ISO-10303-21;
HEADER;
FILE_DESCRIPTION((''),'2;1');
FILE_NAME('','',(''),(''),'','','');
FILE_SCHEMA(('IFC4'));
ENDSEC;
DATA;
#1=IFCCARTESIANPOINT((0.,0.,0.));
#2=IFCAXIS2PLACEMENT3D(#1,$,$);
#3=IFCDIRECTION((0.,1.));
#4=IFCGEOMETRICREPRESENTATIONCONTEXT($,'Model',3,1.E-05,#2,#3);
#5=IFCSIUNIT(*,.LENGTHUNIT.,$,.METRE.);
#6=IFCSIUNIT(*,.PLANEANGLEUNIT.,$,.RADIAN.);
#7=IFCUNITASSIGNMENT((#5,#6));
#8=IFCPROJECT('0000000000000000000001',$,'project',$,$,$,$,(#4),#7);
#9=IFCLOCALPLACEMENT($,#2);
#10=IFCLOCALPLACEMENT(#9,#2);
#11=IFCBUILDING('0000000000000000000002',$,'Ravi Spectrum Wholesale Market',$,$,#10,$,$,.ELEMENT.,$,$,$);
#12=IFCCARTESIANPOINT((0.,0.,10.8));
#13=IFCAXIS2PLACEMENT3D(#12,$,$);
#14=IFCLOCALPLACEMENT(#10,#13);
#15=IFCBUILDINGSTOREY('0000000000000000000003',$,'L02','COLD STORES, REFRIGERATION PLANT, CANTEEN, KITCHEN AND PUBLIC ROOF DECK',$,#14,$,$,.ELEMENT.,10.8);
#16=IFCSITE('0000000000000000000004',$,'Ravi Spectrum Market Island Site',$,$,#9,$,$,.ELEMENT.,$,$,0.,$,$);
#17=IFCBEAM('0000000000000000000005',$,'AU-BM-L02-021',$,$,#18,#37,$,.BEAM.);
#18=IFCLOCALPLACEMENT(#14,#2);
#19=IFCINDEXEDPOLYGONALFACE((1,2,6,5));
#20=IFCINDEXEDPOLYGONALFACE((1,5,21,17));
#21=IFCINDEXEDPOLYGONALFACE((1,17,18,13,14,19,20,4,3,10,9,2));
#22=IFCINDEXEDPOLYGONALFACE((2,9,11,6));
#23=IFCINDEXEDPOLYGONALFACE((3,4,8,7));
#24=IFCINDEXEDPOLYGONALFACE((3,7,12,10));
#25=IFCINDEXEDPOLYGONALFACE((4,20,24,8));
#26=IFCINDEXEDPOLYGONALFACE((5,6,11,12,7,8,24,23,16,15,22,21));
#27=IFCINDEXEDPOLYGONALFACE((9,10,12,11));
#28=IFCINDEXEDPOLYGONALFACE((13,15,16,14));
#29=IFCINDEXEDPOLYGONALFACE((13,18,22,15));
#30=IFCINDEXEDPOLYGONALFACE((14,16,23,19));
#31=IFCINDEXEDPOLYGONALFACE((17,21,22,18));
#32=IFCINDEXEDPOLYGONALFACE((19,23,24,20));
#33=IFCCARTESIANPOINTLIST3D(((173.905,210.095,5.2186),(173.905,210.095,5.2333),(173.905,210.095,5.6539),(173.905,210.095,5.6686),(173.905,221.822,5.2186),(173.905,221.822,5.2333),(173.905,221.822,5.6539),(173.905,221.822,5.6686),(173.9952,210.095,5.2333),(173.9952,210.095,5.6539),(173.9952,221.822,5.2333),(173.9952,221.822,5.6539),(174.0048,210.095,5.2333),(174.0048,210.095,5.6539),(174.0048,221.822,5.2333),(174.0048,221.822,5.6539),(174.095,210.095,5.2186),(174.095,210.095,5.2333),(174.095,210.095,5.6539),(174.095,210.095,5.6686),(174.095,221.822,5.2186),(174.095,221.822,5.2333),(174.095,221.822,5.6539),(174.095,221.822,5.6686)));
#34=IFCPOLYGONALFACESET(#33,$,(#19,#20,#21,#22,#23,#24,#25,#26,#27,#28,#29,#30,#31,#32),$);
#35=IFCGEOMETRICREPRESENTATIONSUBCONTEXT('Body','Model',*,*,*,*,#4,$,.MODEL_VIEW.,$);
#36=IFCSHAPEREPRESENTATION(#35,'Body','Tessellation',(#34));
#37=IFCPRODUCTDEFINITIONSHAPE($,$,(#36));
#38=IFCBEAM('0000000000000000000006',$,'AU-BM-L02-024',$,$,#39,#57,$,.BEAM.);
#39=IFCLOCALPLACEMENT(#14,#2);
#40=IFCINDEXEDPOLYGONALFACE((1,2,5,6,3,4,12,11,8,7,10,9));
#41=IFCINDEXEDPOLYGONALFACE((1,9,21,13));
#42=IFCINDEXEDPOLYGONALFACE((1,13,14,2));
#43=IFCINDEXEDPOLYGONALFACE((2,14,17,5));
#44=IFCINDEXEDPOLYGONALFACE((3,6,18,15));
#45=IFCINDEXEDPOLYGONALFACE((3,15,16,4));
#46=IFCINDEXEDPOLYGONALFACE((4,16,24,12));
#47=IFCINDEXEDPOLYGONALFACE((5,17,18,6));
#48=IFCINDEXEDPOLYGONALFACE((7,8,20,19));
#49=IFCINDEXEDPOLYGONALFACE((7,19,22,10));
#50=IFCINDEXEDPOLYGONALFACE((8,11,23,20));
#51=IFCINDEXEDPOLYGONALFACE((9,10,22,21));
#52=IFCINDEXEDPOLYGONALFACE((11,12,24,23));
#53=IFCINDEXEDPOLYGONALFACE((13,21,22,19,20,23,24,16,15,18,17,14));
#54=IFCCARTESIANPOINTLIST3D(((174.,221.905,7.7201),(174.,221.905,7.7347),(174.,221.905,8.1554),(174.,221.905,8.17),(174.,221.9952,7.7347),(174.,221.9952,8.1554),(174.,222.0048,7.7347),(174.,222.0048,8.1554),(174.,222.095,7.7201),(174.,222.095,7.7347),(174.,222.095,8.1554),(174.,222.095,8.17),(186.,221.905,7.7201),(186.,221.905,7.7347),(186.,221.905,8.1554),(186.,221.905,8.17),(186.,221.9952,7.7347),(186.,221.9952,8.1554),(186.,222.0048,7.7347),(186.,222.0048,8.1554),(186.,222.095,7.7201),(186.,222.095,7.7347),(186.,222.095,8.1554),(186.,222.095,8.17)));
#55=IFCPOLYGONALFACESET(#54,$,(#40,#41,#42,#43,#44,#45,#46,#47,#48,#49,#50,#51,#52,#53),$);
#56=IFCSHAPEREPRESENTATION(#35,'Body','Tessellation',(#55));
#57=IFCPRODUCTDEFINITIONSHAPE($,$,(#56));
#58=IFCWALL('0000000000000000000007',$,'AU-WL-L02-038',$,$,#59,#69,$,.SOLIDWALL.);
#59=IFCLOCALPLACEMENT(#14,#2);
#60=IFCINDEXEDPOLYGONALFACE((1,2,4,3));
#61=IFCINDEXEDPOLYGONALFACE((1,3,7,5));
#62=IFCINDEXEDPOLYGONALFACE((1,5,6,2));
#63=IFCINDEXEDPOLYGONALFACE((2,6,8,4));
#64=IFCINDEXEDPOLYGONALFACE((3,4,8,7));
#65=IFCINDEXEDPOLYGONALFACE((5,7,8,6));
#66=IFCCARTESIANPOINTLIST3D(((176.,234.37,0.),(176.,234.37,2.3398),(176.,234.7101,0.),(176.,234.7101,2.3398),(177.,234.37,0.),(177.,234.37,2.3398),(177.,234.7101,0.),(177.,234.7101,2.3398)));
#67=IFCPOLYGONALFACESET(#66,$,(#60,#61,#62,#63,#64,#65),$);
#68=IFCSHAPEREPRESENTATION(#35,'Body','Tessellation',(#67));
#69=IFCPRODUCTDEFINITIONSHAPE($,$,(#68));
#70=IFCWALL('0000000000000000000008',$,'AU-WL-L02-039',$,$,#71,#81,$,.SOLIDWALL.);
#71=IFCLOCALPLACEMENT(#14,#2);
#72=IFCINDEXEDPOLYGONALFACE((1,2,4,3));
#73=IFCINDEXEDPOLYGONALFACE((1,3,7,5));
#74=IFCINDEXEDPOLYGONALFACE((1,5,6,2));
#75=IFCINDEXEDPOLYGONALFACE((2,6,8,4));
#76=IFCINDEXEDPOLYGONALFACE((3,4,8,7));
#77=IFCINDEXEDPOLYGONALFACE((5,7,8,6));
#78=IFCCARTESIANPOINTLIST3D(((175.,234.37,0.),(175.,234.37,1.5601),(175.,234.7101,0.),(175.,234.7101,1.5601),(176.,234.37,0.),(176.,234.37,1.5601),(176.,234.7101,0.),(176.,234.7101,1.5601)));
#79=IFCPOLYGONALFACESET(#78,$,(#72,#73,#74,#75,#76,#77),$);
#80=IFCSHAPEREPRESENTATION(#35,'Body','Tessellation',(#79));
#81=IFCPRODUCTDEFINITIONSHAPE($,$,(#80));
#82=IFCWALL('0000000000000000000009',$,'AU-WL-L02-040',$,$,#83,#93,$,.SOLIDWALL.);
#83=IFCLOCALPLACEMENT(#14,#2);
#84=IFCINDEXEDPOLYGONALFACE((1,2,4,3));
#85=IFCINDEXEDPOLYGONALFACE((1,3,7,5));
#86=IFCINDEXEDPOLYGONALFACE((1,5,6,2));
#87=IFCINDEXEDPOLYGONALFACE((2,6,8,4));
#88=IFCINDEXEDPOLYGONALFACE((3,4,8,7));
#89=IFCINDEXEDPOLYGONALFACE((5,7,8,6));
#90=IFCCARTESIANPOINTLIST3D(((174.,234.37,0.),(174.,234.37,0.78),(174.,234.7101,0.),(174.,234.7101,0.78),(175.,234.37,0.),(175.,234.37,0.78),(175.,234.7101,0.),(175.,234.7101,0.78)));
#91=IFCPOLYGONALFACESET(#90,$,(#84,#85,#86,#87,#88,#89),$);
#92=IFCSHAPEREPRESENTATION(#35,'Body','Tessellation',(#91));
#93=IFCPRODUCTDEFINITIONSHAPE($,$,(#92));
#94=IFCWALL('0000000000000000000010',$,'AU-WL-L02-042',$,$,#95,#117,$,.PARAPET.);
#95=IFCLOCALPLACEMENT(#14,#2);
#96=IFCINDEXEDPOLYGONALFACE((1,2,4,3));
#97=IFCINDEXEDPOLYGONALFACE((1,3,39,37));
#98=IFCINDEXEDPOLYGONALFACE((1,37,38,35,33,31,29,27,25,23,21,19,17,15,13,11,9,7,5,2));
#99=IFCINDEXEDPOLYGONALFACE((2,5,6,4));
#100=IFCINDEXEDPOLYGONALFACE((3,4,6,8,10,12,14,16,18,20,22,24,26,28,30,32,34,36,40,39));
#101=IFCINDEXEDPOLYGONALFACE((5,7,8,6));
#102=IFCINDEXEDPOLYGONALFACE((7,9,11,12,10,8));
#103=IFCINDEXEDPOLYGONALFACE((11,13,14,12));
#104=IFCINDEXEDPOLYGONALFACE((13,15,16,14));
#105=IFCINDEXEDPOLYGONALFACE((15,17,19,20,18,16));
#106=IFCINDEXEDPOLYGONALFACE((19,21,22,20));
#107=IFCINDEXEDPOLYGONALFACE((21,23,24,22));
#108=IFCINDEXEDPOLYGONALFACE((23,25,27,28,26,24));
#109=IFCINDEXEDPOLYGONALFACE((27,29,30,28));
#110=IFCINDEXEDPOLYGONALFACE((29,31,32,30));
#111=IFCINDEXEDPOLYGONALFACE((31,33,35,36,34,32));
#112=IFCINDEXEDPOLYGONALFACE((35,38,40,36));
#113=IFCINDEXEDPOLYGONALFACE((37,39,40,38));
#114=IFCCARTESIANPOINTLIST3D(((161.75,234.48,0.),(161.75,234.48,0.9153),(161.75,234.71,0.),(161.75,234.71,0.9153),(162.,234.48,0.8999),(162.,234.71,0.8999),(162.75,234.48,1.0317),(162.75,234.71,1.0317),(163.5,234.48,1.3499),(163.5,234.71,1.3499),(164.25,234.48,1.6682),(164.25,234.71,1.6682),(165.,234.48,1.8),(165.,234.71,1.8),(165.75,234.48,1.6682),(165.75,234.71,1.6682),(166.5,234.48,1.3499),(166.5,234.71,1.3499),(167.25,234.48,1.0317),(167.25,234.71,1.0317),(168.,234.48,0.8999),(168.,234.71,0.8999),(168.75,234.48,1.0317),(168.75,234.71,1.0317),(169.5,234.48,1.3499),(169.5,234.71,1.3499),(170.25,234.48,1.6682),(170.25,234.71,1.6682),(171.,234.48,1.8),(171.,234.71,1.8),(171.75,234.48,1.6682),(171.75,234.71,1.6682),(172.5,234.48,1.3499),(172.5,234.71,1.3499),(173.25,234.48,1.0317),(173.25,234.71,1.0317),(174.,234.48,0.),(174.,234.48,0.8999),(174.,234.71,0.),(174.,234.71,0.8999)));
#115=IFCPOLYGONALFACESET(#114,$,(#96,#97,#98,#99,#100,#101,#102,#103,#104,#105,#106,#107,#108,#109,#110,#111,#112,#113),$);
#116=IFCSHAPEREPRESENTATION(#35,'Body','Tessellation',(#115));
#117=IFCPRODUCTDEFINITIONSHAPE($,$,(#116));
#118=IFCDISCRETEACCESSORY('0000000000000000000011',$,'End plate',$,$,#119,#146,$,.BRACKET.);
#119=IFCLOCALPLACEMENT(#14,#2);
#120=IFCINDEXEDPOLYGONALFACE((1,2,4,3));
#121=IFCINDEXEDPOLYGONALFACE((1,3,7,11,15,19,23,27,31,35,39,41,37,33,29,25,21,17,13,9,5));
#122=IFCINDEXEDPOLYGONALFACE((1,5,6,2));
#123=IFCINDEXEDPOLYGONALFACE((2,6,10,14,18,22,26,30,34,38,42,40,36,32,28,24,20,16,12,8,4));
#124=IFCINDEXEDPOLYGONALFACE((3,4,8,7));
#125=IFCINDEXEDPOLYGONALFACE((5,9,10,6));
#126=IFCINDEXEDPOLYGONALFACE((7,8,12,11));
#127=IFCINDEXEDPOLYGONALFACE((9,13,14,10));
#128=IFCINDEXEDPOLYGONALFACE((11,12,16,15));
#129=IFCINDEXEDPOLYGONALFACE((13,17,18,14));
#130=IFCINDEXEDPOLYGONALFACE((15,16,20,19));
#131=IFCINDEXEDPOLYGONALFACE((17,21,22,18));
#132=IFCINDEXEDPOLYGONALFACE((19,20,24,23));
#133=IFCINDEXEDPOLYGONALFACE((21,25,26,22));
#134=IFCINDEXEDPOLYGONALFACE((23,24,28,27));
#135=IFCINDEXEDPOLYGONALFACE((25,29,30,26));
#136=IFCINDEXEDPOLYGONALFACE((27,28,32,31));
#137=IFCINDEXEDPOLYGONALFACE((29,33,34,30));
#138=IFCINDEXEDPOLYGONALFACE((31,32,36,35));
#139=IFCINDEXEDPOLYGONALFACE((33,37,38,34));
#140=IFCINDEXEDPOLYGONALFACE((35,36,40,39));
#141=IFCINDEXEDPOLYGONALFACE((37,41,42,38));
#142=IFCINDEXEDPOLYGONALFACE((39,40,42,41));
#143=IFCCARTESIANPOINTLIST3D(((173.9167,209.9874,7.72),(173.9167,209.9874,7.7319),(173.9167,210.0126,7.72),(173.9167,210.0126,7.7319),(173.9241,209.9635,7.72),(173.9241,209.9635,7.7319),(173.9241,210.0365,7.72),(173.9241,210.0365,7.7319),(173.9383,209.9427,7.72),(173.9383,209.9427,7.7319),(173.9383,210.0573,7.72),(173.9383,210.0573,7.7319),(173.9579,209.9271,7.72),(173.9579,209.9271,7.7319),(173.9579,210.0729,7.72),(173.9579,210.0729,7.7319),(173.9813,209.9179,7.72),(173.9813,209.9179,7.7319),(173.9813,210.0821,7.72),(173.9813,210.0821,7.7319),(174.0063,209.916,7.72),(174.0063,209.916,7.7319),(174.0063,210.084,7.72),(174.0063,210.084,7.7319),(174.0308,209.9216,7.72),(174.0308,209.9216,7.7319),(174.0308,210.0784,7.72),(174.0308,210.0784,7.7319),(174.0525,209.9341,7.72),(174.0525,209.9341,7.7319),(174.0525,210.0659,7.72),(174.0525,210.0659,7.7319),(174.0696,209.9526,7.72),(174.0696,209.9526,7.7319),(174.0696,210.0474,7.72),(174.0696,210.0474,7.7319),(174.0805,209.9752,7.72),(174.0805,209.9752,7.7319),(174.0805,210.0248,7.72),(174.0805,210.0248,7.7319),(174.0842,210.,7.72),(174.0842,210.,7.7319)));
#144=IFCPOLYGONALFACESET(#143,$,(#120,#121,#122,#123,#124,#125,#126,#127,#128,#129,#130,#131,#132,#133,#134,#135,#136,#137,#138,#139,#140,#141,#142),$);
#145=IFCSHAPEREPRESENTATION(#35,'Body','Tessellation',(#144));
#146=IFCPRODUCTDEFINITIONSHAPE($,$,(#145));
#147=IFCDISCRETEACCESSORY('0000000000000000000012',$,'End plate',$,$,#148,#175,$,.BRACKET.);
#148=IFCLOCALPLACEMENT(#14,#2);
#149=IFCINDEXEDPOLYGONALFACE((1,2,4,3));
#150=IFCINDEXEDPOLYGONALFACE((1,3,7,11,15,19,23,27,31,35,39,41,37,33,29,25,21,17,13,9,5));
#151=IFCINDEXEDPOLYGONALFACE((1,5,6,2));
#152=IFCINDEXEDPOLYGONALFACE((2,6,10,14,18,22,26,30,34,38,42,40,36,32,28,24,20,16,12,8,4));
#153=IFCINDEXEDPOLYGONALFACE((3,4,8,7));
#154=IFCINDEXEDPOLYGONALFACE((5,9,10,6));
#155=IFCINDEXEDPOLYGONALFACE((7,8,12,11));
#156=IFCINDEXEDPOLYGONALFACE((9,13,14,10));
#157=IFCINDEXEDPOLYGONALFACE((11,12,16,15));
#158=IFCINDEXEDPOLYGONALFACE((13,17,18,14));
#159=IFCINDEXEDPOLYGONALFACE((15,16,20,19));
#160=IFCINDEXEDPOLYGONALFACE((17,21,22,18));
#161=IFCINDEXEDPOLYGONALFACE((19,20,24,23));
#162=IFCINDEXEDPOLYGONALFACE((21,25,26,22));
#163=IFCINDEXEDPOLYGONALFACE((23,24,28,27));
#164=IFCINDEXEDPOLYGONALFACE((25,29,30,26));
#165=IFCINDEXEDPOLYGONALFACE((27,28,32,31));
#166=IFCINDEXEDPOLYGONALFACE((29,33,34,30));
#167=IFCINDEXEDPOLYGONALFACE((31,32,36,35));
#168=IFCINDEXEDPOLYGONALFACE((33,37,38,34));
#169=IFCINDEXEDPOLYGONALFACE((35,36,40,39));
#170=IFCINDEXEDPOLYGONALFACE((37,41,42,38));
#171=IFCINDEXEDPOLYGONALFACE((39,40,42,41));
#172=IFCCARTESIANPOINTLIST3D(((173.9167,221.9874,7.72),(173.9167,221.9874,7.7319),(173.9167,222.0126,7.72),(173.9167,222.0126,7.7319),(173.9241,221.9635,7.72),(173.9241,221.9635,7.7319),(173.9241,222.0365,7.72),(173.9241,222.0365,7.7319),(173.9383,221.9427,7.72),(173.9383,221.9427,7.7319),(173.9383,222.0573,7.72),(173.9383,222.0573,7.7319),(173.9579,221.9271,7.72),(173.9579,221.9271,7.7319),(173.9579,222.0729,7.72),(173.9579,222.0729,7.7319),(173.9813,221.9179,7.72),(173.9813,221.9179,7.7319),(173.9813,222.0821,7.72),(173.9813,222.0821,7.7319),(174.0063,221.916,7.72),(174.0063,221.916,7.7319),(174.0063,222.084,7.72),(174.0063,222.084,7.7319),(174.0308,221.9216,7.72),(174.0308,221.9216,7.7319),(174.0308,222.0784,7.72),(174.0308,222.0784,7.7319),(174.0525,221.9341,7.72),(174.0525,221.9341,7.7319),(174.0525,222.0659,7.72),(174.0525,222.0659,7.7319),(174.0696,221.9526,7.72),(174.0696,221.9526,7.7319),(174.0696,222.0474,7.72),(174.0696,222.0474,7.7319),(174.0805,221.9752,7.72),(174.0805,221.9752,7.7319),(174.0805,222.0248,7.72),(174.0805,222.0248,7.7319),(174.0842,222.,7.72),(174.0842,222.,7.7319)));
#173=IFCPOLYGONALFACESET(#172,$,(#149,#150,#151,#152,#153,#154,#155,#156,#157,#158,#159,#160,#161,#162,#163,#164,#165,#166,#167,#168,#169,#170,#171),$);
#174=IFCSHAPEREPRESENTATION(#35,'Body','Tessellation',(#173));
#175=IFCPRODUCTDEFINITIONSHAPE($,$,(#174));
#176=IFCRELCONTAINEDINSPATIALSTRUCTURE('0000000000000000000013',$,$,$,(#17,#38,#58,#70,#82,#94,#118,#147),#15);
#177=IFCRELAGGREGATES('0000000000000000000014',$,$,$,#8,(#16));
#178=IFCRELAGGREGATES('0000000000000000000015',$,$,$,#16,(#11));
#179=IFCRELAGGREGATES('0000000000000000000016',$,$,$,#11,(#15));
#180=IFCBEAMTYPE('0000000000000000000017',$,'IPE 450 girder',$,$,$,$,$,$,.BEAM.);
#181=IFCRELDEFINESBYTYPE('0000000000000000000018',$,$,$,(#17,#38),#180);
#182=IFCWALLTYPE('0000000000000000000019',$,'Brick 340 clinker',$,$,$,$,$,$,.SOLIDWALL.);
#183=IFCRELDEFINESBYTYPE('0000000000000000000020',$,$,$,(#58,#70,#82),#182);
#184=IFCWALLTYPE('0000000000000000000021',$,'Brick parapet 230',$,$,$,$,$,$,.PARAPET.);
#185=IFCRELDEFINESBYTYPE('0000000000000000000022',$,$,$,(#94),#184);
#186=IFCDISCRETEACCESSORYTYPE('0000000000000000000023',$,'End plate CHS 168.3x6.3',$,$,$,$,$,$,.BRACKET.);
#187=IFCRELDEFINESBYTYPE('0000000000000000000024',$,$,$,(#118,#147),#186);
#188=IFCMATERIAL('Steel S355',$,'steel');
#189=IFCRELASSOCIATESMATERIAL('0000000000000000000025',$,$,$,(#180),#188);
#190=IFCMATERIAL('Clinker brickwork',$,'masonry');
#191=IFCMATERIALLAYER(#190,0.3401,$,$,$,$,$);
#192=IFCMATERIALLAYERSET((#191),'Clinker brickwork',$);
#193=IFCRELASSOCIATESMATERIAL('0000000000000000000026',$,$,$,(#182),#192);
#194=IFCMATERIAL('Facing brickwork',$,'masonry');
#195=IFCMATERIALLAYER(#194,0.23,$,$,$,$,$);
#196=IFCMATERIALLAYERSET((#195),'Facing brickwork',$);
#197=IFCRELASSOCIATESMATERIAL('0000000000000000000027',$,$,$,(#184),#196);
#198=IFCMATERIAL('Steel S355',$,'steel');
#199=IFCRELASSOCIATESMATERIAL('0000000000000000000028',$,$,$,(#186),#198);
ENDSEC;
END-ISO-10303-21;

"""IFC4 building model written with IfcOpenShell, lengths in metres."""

from ifc_helpers import new_model, si_unit, direction, frame, frame_2d, origin, origin_2d, place, context, subcontext, project, spatial, polyline, rectangle, circle, i_section, outline, extrude, material, layer, layer_set, material_profile, profile_set, type_object, element, save


model = new_model("IFC4")

# Units and contexts
model_context = context("Model", 3, precision=1e-05, world=origin(), true_north=direction((0.0, 1.0)))
body_context = subcontext(model_context, "Body", "Model", "MODEL_VIEW")
ifc_project = project(units=[si_unit("LENGTHUNIT", "METRE"), si_unit("PLANEANGLEUNIT", "RADIAN")], contexts=[model_context])

# Site, building, storey
site_placement = place(None, origin())
site = spatial("IfcSite", under=ifc_project, at=site_placement, Name="Ravi Spectrum Market Island Site", CompositionType="ELEMENT", RefElevation=0.0)
building_placement = place(site_placement, origin())
building = spatial("IfcBuilding", under=site, at=building_placement, Name="Ravi Spectrum Wholesale Market", CompositionType="ELEMENT")
storey_placement = place(building_placement, frame((0.0, 0.0, 10.8)))
storey = spatial("IfcBuildingStorey", under=building, at=storey_placement, Name="L02", Description="COLD STORES, REFRIGERATION PLANT, CANTEEN, KITCHEN AND PUBLIC ROOF DECK", CompositionType="ELEMENT", Elevation=10.8)

# Beams
ifc_material_1 = material(Name="Steel S355", Category="steel")
ifc_material_profile_1 = material_profile(ifc_material_1, i_section(OverallWidth=0.1899, OverallDepth=0.45, WebThickness=0.0095, FlangeThickness=0.0146, at=origin_2d()))
ifc_profile_set_1 = profile_set([ifc_material_profile_1], Name="Steel S355")
beam_type = type_object("IfcBeamType", Name="IPE 450 girder", PredefinedType="BEAM", material=ifc_profile_set_1)
beam_1_placement = place(storey_placement, frame((174.0, 210.095, 5.4436), z_axis=(0.0, 1.0, 0.0), x_axis=(-1.0, 0.0, 0.0)))
element("IfcBeam", 1, at=beam_1_placement, inside=storey, type_object=beam_type, Name="AU-BM-L02-021", PredefinedType="BEAM", context=body_context, shape_type="SweptSolid", body=[
    extrude(i_section(OverallWidth=0.1899, OverallDepth=0.45, WebThickness=0.0095, FlangeThickness=0.0146, at=origin_2d()), origin(), (0.0, 0.0, 1.0), 11.7271),
])
beam_2_placement = place(storey_placement, frame((174.0, 222.0, 7.9451), z_axis=(1.0, 0.0, 0.0), x_axis=(0.0, 1.0, 0.0)))
element("IfcBeam", 2, at=beam_2_placement, inside=storey, type_object=beam_type, Name="AU-BM-L02-024", PredefinedType="BEAM", context=body_context, shape_type="SweptSolid", body=[
    extrude(i_section(OverallWidth=0.1899, OverallDepth=0.45, WebThickness=0.0095, FlangeThickness=0.0146, at=origin_2d()), origin(), (0.0, 0.0, 1.0), 12.0),
])

# Walls
ifc_material_2 = material(Name="Clinker brickwork", Category="masonry")
ifc_layer_1 = layer(ifc_material_2, 0.3401)
ifc_layer_set_1 = layer_set([ifc_layer_1], Name="Clinker brickwork")
wall_type_1 = type_object("IfcWallType", Name="Brick 340 clinker", PredefinedType="SOLIDWALL", material=ifc_layer_set_1)
wall_1_placement = place(storey_placement, frame((177.0, 234.54, 0.0), z_axis=(0.0, 0.0, 1.0), x_axis=(-1.0, 0.0, 0.0)))
element("IfcWall", 3, at=wall_1_placement, inside=storey, type_object=wall_type_1, Name="AU-WL-L02-038", PredefinedType="SOLIDWALL", context=body_context, shape_type="SweptSolid", body=[
    extrude(rectangle(XDim=1.0, YDim=0.3401, at=frame_2d((0.5, 0.0))), origin(), (0.0, 0.0, 1.0), 2.3398),
])
wall_2_placement = place(storey_placement, frame((176.0, 234.54, 0.0), z_axis=(0.0, 0.0, 1.0), x_axis=(-1.0, 0.0, 0.0)))
element("IfcWall", 4, at=wall_2_placement, inside=storey, type_object=wall_type_1, Name="AU-WL-L02-039", PredefinedType="SOLIDWALL", context=body_context, shape_type="SweptSolid", body=[
    extrude(rectangle(XDim=1.0, YDim=0.3401, at=frame_2d((0.5, 0.0))), origin(), (0.0, 0.0, 1.0), 1.5601),
])
wall_3_placement = place(storey_placement, frame((175.0, 234.54, 0.0), z_axis=(0.0, 0.0, 1.0), x_axis=(-1.0, 0.0, 0.0)))
element("IfcWall", 5, at=wall_3_placement, inside=storey, type_object=wall_type_1, Name="AU-WL-L02-040", PredefinedType="SOLIDWALL", context=body_context, shape_type="SweptSolid", body=[
    extrude(rectangle(XDim=1.0, YDim=0.3401, at=frame_2d((0.5, 0.0))), origin(), (0.0, 0.0, 1.0), 0.78),
])
ifc_material_3 = material(Name="Facing brickwork", Category="masonry")
ifc_layer_2 = layer(ifc_material_3, 0.23)
ifc_layer_set_2 = layer_set([ifc_layer_2], Name="Facing brickwork")
wall_type_2 = type_object("IfcWallType", Name="Brick parapet 230", PredefinedType="PARAPET", material=ifc_layer_set_2)
wall_4_placement = place(storey_placement, frame((174.0, 234.595, 0.0), z_axis=(0.0, 0.0, 1.0), x_axis=(-1.0, 0.0, 0.0)))
element("IfcWall", 6, at=wall_4_placement, inside=storey, type_object=wall_type_2, Name="AU-WL-L02-042", PredefinedType="PARAPET", context=body_context, shape_type="SweptSolid", body=[
    extrude(outline(polyline([(0.0, 0.0), (12.25, 0.0), (12.25, 0.9153), (12.0, 0.8999), (11.25, 1.0317), (10.5, 1.3499), (9.75, 1.6682), (9.0, 1.8), (8.25, 1.6682), (7.5, 1.3499), (6.75, 1.0317), (6.0, 0.8999), (5.25, 1.0317), (4.5, 1.3499), (3.75, 1.6682), (3.0, 1.8), (2.25, 1.6682), (1.5, 1.3499), (0.75, 1.0317), (0.0, 0.8999), (0.0, 0.0)])), frame((0.0, 0.115, 0.0), z_axis=(0.0, -1.0, 0.0), x_axis=(1.0, 0.0, 0.0)), (0.0, 0.0, 1.0), 0.23),
])

# Discrete accessories
ifc_material_4 = material(Name="Steel S355", Category="steel")
ifc_material_profile_2 = material_profile(ifc_material_4, circle(Radius=0.0842, at=origin_2d()))
ifc_profile_set_2 = profile_set([ifc_material_profile_2], Name="Steel S355")
discrete_accessory_type_1 = type_object("IfcDiscreteAccessoryType", Name="End plate CHS 168.3x6.3", PredefinedType="BRACKET", material=ifc_profile_set_2)
for number, where, z_axis, x_axis, name in (
    (7, (174.0, 210.0, 7.72), (0.0, 0.0, 1.0), (1.0, 0.0, 0.0), "End plate"),
    (8, (174.0, 222.0, 7.72), (0.0, 0.0, 1.0), (1.0, 0.0, 0.0), "End plate"),
):
    element("IfcDiscreteAccessory", number, at=place(storey_placement, frame(where, z_axis=z_axis, x_axis=x_axis)), inside=storey, type_object=discrete_accessory_type_1, Name=name, PredefinedType="BRACKET", context=body_context, shape_type="SweptSolid", body=[
        extrude(circle(Radius=0.0842, at=origin_2d()), origin(), (0.0, 0.0, 1.0), 0.012),
    ])

save(model, "model.ifc")
